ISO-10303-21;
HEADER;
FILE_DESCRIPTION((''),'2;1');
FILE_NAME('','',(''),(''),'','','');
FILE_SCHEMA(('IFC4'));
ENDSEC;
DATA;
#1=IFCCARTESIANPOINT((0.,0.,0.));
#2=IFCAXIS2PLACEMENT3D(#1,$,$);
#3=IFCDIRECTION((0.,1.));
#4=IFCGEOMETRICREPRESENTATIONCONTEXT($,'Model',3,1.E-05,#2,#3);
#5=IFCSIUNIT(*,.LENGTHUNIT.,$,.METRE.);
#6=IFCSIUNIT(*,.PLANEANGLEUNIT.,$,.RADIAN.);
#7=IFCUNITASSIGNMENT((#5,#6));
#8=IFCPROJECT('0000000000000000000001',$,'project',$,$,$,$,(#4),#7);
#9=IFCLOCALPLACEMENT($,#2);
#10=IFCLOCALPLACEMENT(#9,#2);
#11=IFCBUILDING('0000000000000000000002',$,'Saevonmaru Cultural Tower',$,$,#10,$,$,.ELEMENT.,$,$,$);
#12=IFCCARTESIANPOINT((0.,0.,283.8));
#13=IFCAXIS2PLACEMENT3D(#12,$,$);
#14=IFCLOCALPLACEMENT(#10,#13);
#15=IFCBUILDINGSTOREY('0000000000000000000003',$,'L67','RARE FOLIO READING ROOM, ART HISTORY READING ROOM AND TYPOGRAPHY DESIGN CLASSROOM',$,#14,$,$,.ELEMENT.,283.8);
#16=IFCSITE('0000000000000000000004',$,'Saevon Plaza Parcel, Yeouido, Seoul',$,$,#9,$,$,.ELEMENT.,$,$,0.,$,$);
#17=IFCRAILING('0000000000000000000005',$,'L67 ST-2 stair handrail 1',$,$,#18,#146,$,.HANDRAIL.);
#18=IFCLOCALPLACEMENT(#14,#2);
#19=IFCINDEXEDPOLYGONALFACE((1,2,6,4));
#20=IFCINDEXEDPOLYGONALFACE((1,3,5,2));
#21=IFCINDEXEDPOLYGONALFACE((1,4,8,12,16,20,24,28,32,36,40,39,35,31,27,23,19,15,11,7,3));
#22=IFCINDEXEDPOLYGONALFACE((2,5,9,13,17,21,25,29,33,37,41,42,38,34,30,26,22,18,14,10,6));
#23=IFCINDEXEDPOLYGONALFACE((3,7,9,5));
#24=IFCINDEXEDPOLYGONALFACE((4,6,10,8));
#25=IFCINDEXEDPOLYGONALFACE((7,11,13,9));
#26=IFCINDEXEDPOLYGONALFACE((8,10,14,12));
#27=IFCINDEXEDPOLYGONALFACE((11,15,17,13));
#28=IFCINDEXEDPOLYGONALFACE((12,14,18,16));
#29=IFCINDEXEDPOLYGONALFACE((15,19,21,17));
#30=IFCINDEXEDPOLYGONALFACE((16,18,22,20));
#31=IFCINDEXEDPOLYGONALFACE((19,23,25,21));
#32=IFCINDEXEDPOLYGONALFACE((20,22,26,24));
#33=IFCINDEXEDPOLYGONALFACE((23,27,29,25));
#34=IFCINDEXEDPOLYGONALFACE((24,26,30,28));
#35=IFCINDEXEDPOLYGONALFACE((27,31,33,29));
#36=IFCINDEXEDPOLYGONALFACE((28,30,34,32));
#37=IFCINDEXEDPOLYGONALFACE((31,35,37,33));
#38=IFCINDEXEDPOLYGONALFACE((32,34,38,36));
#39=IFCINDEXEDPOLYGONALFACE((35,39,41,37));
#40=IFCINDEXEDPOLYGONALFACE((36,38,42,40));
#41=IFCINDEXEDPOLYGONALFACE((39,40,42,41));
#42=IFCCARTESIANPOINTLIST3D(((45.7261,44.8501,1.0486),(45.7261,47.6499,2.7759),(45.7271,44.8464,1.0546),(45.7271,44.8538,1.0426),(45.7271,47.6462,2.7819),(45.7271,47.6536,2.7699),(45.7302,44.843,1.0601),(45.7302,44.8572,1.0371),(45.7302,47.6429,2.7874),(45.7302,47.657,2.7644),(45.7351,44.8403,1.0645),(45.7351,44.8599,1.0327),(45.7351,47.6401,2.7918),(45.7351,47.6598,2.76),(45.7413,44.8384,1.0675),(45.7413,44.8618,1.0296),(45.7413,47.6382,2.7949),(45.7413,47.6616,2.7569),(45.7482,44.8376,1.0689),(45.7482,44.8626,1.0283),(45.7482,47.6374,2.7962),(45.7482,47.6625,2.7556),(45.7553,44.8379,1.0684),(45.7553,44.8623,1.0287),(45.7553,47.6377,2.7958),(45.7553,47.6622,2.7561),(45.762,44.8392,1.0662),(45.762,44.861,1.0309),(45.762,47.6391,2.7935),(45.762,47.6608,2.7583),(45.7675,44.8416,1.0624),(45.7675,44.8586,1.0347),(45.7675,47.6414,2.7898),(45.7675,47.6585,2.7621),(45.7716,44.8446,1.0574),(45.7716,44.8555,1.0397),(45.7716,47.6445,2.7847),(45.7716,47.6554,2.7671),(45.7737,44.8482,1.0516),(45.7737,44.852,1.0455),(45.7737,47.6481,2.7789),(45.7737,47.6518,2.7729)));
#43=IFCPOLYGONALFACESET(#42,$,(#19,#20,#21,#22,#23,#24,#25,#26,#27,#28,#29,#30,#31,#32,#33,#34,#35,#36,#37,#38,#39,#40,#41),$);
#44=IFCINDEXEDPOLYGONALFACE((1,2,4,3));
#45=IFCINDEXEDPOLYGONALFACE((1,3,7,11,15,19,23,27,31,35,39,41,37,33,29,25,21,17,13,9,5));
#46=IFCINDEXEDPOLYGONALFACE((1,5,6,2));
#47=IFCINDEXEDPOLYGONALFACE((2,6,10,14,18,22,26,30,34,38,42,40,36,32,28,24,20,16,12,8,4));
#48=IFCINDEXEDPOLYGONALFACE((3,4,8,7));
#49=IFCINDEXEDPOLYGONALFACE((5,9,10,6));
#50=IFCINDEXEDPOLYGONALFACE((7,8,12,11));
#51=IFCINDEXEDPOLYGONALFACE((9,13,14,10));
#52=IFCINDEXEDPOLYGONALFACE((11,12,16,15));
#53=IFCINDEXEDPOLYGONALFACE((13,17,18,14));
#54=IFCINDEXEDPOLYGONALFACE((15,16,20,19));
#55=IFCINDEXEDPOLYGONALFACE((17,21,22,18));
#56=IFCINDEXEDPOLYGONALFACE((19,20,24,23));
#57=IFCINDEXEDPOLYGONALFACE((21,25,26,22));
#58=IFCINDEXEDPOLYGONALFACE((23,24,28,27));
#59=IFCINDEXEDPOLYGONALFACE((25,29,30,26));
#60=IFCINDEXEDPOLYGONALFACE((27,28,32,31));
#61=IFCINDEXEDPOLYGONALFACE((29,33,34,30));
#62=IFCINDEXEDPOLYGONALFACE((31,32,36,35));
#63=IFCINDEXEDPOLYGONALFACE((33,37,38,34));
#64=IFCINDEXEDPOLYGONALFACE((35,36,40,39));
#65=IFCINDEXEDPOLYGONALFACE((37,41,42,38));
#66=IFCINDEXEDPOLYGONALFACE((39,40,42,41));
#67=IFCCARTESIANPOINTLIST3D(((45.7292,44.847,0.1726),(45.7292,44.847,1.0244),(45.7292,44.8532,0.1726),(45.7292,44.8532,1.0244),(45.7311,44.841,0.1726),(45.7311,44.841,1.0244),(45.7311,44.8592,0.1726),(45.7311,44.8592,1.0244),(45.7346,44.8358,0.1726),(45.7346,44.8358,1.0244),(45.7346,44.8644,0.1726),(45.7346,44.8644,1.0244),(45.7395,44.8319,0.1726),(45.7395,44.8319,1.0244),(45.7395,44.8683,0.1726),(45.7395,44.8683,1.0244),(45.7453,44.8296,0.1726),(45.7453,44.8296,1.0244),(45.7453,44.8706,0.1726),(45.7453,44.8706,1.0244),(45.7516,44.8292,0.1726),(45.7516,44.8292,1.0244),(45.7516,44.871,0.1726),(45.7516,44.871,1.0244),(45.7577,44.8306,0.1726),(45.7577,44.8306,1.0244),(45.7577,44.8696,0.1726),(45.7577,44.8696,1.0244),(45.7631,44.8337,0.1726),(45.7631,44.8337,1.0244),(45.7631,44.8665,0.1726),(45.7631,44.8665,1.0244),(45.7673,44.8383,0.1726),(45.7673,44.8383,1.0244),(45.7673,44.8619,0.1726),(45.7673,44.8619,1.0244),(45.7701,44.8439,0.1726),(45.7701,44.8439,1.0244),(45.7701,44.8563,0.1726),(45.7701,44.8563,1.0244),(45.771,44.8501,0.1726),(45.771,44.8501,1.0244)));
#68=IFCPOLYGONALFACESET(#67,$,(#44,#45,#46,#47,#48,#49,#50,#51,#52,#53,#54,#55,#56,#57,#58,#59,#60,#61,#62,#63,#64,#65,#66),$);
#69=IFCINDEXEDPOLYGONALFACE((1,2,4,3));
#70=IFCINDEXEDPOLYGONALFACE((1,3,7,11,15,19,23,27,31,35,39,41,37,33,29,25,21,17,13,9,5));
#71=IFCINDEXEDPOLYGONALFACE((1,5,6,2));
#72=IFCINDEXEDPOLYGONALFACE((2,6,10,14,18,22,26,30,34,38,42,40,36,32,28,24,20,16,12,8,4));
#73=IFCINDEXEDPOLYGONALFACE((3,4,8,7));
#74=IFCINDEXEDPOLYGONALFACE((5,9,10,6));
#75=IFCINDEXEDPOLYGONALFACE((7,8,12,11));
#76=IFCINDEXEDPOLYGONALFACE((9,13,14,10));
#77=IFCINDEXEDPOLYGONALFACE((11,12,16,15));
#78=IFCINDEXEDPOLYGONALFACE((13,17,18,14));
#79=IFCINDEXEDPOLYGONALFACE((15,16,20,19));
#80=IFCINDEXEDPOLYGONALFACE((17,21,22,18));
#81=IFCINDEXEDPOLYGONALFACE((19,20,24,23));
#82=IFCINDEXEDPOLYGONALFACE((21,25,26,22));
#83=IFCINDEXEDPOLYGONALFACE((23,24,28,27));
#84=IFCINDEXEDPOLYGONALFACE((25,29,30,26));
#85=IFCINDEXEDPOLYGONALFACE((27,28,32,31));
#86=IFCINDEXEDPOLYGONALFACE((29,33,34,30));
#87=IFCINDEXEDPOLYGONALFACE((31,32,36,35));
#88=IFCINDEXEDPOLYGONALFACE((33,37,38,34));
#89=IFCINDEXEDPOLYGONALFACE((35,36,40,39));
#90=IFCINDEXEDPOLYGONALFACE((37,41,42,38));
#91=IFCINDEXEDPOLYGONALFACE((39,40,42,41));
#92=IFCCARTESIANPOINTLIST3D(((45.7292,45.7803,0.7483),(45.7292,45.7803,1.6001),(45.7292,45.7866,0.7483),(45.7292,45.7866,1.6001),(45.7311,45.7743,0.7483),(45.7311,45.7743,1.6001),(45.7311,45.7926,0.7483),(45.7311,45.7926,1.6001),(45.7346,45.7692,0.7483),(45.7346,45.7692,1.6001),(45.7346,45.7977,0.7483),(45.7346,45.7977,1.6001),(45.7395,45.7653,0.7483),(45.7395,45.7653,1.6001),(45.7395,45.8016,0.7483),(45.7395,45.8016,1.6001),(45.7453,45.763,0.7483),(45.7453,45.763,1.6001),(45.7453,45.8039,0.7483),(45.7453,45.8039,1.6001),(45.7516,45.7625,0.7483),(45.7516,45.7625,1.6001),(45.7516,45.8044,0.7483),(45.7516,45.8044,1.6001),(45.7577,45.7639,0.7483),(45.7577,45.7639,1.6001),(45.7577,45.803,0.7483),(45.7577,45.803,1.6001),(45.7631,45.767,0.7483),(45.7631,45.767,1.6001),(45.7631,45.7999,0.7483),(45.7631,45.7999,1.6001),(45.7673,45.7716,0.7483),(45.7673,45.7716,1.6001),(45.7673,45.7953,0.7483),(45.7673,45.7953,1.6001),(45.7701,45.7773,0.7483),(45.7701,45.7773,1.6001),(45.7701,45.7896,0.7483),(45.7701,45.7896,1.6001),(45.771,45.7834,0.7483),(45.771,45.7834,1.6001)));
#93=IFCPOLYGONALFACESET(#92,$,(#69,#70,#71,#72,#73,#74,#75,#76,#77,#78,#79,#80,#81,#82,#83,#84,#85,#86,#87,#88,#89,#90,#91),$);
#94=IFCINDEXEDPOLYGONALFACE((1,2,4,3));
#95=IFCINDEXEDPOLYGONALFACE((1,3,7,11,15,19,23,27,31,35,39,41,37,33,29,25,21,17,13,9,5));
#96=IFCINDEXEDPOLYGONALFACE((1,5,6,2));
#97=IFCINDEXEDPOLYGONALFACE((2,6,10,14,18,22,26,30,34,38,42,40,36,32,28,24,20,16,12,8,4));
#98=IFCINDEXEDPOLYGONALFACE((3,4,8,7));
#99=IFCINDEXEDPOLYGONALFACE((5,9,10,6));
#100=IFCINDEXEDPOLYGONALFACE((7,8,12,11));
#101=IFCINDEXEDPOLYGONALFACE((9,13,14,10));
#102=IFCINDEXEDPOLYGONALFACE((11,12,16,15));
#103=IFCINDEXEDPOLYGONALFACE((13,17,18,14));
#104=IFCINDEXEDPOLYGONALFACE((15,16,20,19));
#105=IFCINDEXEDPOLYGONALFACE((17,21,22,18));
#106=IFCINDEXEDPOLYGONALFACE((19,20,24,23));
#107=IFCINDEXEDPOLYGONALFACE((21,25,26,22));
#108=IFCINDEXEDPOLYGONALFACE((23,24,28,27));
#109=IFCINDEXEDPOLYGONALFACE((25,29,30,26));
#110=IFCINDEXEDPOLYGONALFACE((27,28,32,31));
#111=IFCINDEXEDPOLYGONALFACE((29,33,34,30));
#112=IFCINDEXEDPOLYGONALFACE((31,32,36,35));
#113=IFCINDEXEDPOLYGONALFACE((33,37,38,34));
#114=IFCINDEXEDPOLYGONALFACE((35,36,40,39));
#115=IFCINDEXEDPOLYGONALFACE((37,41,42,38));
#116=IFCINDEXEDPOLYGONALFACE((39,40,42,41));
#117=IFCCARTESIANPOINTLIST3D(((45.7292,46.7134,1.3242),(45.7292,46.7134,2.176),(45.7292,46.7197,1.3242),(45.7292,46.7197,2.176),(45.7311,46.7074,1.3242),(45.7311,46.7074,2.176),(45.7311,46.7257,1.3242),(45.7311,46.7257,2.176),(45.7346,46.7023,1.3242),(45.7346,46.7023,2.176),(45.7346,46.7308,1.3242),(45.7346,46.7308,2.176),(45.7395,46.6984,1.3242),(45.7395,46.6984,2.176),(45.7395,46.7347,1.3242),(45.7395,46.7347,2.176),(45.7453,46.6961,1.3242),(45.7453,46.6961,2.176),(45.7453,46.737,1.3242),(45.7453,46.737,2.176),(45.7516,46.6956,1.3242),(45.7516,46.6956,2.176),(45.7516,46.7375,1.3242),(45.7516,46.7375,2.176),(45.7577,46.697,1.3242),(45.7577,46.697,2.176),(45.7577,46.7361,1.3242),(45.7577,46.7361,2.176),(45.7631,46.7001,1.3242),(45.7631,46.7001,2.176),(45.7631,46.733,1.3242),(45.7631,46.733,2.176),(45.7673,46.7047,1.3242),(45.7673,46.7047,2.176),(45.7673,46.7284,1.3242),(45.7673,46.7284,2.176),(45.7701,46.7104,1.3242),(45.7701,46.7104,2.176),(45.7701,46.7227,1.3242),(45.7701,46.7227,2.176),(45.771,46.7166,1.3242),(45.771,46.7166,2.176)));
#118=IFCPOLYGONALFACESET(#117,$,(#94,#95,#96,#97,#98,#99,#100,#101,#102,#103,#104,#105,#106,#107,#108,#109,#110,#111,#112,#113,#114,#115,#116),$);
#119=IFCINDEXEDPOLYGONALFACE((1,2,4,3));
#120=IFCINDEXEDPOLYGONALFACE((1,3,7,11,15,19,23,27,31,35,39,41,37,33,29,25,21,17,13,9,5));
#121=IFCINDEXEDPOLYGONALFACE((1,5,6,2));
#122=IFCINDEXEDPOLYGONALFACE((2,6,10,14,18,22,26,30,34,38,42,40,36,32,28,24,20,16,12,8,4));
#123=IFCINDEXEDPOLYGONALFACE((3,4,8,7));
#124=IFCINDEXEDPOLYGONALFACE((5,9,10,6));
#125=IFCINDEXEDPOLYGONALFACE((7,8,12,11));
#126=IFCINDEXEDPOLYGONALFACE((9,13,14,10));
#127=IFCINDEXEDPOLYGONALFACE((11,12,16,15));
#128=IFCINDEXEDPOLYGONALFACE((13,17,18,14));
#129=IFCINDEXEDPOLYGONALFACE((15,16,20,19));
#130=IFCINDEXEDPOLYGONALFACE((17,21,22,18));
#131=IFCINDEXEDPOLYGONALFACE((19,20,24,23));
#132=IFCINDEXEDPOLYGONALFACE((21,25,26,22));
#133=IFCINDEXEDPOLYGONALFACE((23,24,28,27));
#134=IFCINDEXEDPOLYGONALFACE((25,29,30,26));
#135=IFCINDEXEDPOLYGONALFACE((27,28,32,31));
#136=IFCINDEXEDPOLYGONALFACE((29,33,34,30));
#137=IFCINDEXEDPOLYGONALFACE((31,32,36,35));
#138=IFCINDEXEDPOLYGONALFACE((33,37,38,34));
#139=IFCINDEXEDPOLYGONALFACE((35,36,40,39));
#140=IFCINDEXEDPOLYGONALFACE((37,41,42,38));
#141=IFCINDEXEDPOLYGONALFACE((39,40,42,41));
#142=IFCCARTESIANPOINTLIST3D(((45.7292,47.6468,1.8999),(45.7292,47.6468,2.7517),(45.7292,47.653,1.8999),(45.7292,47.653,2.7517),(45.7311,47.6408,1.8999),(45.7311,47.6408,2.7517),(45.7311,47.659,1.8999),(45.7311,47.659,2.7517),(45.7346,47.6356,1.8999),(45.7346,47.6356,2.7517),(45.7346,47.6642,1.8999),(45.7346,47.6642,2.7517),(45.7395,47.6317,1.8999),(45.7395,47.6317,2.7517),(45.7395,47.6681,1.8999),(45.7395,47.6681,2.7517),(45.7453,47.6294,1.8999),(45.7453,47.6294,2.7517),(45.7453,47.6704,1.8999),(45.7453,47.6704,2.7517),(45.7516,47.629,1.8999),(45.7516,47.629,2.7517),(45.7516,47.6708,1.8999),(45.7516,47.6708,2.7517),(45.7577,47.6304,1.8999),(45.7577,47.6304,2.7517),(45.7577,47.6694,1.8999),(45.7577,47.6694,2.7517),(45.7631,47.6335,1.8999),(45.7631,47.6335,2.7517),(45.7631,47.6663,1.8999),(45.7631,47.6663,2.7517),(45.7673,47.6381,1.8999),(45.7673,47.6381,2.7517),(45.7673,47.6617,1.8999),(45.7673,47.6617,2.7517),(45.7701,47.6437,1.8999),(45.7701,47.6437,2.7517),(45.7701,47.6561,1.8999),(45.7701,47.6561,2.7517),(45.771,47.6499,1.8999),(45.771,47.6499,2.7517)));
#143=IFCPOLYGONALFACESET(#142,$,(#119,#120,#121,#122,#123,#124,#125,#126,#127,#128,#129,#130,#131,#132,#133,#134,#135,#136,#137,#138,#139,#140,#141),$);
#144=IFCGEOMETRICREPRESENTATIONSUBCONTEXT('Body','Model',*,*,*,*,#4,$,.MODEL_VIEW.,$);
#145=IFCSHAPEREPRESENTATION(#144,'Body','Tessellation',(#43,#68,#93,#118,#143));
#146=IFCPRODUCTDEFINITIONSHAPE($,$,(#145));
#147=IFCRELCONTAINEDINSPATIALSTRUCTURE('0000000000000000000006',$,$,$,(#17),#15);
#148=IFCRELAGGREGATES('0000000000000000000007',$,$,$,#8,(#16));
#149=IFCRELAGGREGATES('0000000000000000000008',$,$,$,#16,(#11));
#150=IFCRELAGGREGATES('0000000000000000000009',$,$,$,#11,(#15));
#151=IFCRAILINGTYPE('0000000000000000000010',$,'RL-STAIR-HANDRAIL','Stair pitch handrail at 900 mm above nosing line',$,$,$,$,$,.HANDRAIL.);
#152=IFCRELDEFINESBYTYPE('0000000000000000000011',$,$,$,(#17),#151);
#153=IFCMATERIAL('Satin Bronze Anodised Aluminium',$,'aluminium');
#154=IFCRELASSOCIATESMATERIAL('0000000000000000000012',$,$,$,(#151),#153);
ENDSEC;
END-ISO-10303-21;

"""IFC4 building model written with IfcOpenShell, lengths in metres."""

from ifc_helpers import new_model, si_unit, direction, frame, origin, origin_2d, place, context, subcontext, project, spatial, circle, extrude, material, type_object, element, save


model = new_model("IFC4")

# Units and contexts
model_context = context("Model", 3, precision=1e-05, world=origin(), true_north=direction((0.0, 1.0)))
body_context = subcontext(model_context, "Body", "Model", "MODEL_VIEW")
ifc_project = project(units=[si_unit("LENGTHUNIT", "METRE"), si_unit("PLANEANGLEUNIT", "RADIAN")], contexts=[model_context])

# Site, building, storey
site_placement = place(None, origin())
site = spatial("IfcSite", under=ifc_project, at=site_placement, Name="Saevon Plaza Parcel, Yeouido, Seoul", CompositionType="ELEMENT", RefElevation=0.0)
building_placement = place(site_placement, origin())
building = spatial("IfcBuilding", under=site, at=building_placement, Name="Saevonmaru Cultural Tower", CompositionType="ELEMENT")
storey_placement = place(building_placement, frame((0.0, 0.0, 283.8)))
storey = spatial("IfcBuildingStorey", under=building, at=storey_placement, Name="L67", Description="RARE FOLIO READING ROOM, ART HISTORY READING ROOM AND TYPOGRAPHY DESIGN CLASSROOM", CompositionType="ELEMENT", Elevation=283.8)

# Shared definitions
ifc_material_1 = material(Name="Satin Bronze Anodised Aluminium", Category="aluminium")

# Railing
railing_type_1 = type_object("IfcRailingType", Name="RL-STAIR-HANDRAIL", Description="Stair pitch handrail at 900 mm above nosing line", PredefinedType="HANDRAIL", material=ifc_material_1)
railing_1_placement = place(storey_placement, frame((45.75, 44.8501, 0.1726)))
element("IfcRailing", 1, at=railing_1_placement, inside=storey, type_object=railing_type_1, Name="L67 ST-2 stair handrail 1", PredefinedType="HANDRAIL", context=body_context, shape_type="SweptSolid", body=[
    extrude(circle(Radius=0.0239, at=origin_2d()), frame((0.0, 0.0, 0.876), z_axis=(0.0, 0.851069, 0.525054), x_axis=(-1.0, 0.0, 0.0)), (0.0, 0.0, 1.0), 3.2898),
    extrude(circle(Radius=0.021, at=origin_2d()), origin(), (0.0, 0.0, 1.0), 0.8518),
    extrude(circle(Radius=0.021, at=origin_2d()), frame((0.0, 0.9333, 0.5757)), (0.0, 0.0, 1.0), 0.8518),
    extrude(circle(Radius=0.021, at=origin_2d()), frame((0.0, 1.8665, 1.1516)), (0.0, 0.0, 1.0), 0.8518),
    extrude(circle(Radius=0.021, at=origin_2d()), frame((0.0, 2.7998, 1.7273)), (0.0, 0.0, 1.0), 0.8518),
])

save(model, "model.ifc")
